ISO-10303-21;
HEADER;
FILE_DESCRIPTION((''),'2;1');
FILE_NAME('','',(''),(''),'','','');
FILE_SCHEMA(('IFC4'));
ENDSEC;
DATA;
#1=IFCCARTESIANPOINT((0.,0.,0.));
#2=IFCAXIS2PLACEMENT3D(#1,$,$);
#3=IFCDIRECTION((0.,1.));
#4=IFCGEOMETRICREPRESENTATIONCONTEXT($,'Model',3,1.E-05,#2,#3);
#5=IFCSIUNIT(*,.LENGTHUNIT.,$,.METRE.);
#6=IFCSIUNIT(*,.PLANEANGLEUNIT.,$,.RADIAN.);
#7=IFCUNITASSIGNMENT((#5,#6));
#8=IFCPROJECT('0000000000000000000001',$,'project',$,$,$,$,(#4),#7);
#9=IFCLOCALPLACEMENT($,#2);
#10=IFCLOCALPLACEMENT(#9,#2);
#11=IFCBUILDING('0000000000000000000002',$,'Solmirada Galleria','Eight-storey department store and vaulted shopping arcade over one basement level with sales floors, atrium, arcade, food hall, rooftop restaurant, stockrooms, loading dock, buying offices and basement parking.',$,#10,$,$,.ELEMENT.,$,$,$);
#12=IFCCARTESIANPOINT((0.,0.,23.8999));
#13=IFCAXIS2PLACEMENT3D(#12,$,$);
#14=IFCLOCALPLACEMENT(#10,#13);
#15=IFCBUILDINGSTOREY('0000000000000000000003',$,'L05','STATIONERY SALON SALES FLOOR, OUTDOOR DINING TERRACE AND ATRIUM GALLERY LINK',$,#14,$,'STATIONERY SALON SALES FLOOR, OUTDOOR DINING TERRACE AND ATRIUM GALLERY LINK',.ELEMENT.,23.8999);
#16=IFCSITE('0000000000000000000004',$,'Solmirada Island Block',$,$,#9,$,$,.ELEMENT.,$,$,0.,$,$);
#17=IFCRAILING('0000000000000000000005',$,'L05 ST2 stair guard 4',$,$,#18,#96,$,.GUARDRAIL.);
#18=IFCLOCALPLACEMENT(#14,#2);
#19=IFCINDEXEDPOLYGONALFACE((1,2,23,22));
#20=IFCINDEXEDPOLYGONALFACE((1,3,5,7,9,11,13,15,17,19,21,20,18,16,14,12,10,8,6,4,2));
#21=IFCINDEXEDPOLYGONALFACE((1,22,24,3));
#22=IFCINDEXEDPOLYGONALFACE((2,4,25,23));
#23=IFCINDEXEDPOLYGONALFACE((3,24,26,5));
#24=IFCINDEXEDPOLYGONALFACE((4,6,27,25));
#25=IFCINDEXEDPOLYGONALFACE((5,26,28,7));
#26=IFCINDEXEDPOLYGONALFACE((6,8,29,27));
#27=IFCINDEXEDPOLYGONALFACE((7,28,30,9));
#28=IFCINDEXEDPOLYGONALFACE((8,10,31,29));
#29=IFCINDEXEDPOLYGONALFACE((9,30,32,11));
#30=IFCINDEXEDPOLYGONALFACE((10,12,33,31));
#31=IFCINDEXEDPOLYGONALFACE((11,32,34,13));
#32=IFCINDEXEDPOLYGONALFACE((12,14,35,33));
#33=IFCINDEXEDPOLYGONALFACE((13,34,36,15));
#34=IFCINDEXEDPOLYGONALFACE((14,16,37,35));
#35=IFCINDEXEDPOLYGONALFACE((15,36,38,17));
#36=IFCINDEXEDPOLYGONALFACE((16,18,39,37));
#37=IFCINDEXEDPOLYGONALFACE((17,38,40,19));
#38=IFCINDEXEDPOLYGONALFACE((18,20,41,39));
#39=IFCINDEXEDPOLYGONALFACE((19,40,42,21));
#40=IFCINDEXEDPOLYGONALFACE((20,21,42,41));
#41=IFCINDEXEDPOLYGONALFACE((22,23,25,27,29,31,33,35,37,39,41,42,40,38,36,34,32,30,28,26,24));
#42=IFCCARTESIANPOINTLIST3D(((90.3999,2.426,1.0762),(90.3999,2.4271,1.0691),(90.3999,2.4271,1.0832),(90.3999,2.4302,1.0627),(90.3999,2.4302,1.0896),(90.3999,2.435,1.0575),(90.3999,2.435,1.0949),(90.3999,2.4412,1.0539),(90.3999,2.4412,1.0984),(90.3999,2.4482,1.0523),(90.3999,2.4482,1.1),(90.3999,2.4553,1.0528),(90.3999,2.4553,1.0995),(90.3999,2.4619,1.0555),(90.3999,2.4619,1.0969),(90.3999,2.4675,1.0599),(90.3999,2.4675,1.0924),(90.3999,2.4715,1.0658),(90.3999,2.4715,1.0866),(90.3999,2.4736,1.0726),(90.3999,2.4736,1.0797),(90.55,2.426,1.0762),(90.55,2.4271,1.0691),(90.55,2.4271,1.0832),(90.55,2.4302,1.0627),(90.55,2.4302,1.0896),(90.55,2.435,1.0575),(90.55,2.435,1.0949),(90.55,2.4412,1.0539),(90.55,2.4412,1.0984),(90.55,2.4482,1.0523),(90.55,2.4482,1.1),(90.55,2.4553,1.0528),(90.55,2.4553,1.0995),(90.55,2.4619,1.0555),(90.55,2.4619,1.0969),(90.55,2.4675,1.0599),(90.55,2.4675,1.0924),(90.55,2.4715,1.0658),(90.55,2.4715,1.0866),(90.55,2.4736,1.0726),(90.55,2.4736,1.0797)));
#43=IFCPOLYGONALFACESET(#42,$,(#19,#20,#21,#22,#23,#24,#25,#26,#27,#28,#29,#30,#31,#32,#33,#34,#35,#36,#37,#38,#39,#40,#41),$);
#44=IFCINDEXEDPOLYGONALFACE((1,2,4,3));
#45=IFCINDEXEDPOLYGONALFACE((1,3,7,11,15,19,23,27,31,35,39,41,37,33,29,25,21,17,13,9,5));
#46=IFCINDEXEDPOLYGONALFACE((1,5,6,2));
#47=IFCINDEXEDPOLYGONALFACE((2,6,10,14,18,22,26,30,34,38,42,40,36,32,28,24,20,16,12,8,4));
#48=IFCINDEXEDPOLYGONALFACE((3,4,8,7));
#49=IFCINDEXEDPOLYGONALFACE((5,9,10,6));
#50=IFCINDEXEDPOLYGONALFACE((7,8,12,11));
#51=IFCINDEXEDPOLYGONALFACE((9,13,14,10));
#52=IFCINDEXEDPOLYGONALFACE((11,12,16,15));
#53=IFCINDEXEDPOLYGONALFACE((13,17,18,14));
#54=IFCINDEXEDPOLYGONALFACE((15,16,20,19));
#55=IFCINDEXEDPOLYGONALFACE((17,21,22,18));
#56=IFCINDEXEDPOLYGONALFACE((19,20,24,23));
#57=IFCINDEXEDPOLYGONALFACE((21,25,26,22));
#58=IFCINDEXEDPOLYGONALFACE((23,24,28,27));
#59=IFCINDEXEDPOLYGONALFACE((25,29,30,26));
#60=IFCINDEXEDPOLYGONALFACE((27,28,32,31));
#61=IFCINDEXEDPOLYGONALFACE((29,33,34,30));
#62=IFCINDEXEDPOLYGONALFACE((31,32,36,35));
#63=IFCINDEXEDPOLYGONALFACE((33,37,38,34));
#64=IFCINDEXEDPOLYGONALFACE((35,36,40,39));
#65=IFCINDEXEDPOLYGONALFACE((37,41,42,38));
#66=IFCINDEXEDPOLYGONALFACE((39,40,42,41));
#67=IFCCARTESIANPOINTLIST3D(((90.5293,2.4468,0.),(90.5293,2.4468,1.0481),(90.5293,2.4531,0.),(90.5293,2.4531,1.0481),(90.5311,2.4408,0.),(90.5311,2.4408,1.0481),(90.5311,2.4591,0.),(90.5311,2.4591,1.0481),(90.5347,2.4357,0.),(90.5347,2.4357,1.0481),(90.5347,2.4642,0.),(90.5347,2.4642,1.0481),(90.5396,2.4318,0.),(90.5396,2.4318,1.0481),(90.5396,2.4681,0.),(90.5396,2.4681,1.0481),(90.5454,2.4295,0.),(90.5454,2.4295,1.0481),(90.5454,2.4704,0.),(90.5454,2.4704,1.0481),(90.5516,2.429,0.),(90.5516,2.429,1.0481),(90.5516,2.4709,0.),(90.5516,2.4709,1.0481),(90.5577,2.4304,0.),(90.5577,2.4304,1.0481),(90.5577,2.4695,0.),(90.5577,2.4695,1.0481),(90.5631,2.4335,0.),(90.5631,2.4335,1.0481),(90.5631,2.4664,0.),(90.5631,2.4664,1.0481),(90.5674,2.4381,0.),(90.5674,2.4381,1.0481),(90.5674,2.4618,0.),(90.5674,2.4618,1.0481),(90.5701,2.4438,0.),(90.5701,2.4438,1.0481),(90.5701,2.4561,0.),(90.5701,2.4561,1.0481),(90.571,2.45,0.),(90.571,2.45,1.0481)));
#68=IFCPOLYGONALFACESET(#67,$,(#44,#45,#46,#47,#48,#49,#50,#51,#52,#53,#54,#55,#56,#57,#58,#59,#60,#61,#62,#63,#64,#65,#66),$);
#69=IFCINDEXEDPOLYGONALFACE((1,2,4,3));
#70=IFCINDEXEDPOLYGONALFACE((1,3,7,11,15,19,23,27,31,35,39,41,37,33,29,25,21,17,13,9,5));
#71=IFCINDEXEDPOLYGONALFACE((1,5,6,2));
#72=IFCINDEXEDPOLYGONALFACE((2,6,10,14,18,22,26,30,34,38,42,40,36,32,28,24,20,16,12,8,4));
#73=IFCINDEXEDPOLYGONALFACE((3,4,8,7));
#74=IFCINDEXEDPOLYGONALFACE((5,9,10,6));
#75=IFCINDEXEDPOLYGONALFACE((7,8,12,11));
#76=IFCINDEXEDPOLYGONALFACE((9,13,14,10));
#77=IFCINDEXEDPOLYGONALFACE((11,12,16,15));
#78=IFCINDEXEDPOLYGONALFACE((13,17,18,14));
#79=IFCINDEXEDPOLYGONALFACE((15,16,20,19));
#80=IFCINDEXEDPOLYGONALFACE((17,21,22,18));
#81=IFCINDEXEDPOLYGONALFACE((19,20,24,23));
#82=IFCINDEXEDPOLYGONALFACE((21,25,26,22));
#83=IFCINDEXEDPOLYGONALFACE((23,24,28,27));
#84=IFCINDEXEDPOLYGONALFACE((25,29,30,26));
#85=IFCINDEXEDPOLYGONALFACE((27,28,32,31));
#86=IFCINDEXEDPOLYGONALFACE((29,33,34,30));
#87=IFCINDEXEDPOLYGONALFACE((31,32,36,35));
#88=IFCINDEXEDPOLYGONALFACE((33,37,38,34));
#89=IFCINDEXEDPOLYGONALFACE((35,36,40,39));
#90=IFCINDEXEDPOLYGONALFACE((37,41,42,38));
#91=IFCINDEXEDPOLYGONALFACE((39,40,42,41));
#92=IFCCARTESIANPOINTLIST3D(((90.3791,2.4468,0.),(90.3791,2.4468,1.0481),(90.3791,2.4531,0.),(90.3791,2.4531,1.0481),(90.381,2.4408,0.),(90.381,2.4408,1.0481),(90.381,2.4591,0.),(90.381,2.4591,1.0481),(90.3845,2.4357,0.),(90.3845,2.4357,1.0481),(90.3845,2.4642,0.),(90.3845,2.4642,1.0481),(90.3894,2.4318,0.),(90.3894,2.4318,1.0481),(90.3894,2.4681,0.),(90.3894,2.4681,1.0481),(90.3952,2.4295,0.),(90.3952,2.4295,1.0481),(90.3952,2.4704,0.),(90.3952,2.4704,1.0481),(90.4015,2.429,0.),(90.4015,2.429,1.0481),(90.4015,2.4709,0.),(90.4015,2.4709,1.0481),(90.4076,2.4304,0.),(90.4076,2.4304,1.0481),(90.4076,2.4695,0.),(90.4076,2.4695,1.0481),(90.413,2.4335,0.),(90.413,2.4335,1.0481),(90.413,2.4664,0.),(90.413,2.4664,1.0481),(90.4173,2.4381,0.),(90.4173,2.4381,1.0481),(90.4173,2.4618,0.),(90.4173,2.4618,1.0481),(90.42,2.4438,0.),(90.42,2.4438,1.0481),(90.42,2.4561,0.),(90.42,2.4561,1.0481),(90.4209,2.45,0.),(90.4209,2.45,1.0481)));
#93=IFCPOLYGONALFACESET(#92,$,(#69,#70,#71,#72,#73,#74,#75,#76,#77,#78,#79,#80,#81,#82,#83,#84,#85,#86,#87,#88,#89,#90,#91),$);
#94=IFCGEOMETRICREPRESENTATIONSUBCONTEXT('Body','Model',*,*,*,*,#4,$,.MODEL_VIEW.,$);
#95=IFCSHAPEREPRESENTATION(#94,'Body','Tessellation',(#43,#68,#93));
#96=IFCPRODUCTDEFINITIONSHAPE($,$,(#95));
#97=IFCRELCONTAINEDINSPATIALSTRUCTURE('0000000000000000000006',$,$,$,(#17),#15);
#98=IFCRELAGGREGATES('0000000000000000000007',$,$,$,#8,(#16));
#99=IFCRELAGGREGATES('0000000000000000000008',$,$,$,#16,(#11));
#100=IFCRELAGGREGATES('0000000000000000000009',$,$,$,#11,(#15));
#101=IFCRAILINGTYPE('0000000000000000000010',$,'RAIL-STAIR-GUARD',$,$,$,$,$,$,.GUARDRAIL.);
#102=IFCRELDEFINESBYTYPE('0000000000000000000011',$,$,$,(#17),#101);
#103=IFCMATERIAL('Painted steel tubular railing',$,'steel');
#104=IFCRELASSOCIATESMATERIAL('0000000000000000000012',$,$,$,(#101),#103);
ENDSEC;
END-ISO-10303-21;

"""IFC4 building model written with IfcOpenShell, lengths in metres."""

from ifc_helpers import new_model, si_unit, direction, frame, origin, origin_2d, place, context, subcontext, project, spatial, circle, extrude, material, type_object, element, save


model = new_model("IFC4")

# Units and contexts
model_context = context("Model", 3, precision=1e-05, world=origin(), true_north=direction((0.0, 1.0)))
body_context = subcontext(model_context, "Body", "Model", "MODEL_VIEW")
ifc_project = project(units=[si_unit("LENGTHUNIT", "METRE"), si_unit("PLANEANGLEUNIT", "RADIAN")], contexts=[model_context])

# Site, building, storey
site_placement = place(None, origin())
site = spatial("IfcSite", under=ifc_project, at=site_placement, Name="Solmirada Island Block", CompositionType="ELEMENT", RefElevation=0.0)
building_placement = place(site_placement, origin())
building = spatial("IfcBuilding", under=site, at=building_placement, Name="Solmirada Galleria", Description="Eight-storey department store and vaulted shopping arcade over one basement level with sales floors, atrium, arcade, food hall, rooftop restaurant, stockrooms, loading dock, buying offices and basement parking.", CompositionType="ELEMENT")
storey_placement = place(building_placement, frame((0.0, 0.0, 23.8999)))
storey = spatial("IfcBuildingStorey", under=building, at=storey_placement, Name="L05", Description="STATIONERY SALON SALES FLOOR, OUTDOOR DINING TERRACE AND ATRIUM GALLERY LINK", LongName="STATIONERY SALON SALES FLOOR, OUTDOOR DINING TERRACE AND ATRIUM GALLERY LINK", CompositionType="ELEMENT", Elevation=23.8999)

# Railing
ifc_material_1 = material(Name="Painted steel tubular railing", Category="steel")
railing_type_1 = type_object("IfcRailingType", Name="RAIL-STAIR-GUARD", PredefinedType="GUARDRAIL", material=ifc_material_1)
railing_1_placement = place(storey_placement, frame((90.55, 2.45, 0.0)))
element("IfcRailing", 1, at=railing_1_placement, inside=storey, type_object=railing_type_1, Name="L05 ST2 stair guard 4", PredefinedType="GUARDRAIL", context=body_context, shape_type="SweptSolid", body=[
    extrude(circle(Radius=0.0239, at=origin_2d()), frame((0.0, 0.0, 1.0762), z_axis=(-1.0, 0.0, 0.0), x_axis=(0.0, -1.0, 0.0)), (0.0, 0.0, 1.0), 0.1501),
    extrude(circle(Radius=0.021, at=origin_2d()), origin(), (0.0, 0.0, 1.0), 1.0481),
    extrude(circle(Radius=0.021, at=origin_2d()), frame((-0.1501, 0.0, 0.0)), (0.0, 0.0, 1.0), 1.0481),
])

save(model, "model.ifc")
